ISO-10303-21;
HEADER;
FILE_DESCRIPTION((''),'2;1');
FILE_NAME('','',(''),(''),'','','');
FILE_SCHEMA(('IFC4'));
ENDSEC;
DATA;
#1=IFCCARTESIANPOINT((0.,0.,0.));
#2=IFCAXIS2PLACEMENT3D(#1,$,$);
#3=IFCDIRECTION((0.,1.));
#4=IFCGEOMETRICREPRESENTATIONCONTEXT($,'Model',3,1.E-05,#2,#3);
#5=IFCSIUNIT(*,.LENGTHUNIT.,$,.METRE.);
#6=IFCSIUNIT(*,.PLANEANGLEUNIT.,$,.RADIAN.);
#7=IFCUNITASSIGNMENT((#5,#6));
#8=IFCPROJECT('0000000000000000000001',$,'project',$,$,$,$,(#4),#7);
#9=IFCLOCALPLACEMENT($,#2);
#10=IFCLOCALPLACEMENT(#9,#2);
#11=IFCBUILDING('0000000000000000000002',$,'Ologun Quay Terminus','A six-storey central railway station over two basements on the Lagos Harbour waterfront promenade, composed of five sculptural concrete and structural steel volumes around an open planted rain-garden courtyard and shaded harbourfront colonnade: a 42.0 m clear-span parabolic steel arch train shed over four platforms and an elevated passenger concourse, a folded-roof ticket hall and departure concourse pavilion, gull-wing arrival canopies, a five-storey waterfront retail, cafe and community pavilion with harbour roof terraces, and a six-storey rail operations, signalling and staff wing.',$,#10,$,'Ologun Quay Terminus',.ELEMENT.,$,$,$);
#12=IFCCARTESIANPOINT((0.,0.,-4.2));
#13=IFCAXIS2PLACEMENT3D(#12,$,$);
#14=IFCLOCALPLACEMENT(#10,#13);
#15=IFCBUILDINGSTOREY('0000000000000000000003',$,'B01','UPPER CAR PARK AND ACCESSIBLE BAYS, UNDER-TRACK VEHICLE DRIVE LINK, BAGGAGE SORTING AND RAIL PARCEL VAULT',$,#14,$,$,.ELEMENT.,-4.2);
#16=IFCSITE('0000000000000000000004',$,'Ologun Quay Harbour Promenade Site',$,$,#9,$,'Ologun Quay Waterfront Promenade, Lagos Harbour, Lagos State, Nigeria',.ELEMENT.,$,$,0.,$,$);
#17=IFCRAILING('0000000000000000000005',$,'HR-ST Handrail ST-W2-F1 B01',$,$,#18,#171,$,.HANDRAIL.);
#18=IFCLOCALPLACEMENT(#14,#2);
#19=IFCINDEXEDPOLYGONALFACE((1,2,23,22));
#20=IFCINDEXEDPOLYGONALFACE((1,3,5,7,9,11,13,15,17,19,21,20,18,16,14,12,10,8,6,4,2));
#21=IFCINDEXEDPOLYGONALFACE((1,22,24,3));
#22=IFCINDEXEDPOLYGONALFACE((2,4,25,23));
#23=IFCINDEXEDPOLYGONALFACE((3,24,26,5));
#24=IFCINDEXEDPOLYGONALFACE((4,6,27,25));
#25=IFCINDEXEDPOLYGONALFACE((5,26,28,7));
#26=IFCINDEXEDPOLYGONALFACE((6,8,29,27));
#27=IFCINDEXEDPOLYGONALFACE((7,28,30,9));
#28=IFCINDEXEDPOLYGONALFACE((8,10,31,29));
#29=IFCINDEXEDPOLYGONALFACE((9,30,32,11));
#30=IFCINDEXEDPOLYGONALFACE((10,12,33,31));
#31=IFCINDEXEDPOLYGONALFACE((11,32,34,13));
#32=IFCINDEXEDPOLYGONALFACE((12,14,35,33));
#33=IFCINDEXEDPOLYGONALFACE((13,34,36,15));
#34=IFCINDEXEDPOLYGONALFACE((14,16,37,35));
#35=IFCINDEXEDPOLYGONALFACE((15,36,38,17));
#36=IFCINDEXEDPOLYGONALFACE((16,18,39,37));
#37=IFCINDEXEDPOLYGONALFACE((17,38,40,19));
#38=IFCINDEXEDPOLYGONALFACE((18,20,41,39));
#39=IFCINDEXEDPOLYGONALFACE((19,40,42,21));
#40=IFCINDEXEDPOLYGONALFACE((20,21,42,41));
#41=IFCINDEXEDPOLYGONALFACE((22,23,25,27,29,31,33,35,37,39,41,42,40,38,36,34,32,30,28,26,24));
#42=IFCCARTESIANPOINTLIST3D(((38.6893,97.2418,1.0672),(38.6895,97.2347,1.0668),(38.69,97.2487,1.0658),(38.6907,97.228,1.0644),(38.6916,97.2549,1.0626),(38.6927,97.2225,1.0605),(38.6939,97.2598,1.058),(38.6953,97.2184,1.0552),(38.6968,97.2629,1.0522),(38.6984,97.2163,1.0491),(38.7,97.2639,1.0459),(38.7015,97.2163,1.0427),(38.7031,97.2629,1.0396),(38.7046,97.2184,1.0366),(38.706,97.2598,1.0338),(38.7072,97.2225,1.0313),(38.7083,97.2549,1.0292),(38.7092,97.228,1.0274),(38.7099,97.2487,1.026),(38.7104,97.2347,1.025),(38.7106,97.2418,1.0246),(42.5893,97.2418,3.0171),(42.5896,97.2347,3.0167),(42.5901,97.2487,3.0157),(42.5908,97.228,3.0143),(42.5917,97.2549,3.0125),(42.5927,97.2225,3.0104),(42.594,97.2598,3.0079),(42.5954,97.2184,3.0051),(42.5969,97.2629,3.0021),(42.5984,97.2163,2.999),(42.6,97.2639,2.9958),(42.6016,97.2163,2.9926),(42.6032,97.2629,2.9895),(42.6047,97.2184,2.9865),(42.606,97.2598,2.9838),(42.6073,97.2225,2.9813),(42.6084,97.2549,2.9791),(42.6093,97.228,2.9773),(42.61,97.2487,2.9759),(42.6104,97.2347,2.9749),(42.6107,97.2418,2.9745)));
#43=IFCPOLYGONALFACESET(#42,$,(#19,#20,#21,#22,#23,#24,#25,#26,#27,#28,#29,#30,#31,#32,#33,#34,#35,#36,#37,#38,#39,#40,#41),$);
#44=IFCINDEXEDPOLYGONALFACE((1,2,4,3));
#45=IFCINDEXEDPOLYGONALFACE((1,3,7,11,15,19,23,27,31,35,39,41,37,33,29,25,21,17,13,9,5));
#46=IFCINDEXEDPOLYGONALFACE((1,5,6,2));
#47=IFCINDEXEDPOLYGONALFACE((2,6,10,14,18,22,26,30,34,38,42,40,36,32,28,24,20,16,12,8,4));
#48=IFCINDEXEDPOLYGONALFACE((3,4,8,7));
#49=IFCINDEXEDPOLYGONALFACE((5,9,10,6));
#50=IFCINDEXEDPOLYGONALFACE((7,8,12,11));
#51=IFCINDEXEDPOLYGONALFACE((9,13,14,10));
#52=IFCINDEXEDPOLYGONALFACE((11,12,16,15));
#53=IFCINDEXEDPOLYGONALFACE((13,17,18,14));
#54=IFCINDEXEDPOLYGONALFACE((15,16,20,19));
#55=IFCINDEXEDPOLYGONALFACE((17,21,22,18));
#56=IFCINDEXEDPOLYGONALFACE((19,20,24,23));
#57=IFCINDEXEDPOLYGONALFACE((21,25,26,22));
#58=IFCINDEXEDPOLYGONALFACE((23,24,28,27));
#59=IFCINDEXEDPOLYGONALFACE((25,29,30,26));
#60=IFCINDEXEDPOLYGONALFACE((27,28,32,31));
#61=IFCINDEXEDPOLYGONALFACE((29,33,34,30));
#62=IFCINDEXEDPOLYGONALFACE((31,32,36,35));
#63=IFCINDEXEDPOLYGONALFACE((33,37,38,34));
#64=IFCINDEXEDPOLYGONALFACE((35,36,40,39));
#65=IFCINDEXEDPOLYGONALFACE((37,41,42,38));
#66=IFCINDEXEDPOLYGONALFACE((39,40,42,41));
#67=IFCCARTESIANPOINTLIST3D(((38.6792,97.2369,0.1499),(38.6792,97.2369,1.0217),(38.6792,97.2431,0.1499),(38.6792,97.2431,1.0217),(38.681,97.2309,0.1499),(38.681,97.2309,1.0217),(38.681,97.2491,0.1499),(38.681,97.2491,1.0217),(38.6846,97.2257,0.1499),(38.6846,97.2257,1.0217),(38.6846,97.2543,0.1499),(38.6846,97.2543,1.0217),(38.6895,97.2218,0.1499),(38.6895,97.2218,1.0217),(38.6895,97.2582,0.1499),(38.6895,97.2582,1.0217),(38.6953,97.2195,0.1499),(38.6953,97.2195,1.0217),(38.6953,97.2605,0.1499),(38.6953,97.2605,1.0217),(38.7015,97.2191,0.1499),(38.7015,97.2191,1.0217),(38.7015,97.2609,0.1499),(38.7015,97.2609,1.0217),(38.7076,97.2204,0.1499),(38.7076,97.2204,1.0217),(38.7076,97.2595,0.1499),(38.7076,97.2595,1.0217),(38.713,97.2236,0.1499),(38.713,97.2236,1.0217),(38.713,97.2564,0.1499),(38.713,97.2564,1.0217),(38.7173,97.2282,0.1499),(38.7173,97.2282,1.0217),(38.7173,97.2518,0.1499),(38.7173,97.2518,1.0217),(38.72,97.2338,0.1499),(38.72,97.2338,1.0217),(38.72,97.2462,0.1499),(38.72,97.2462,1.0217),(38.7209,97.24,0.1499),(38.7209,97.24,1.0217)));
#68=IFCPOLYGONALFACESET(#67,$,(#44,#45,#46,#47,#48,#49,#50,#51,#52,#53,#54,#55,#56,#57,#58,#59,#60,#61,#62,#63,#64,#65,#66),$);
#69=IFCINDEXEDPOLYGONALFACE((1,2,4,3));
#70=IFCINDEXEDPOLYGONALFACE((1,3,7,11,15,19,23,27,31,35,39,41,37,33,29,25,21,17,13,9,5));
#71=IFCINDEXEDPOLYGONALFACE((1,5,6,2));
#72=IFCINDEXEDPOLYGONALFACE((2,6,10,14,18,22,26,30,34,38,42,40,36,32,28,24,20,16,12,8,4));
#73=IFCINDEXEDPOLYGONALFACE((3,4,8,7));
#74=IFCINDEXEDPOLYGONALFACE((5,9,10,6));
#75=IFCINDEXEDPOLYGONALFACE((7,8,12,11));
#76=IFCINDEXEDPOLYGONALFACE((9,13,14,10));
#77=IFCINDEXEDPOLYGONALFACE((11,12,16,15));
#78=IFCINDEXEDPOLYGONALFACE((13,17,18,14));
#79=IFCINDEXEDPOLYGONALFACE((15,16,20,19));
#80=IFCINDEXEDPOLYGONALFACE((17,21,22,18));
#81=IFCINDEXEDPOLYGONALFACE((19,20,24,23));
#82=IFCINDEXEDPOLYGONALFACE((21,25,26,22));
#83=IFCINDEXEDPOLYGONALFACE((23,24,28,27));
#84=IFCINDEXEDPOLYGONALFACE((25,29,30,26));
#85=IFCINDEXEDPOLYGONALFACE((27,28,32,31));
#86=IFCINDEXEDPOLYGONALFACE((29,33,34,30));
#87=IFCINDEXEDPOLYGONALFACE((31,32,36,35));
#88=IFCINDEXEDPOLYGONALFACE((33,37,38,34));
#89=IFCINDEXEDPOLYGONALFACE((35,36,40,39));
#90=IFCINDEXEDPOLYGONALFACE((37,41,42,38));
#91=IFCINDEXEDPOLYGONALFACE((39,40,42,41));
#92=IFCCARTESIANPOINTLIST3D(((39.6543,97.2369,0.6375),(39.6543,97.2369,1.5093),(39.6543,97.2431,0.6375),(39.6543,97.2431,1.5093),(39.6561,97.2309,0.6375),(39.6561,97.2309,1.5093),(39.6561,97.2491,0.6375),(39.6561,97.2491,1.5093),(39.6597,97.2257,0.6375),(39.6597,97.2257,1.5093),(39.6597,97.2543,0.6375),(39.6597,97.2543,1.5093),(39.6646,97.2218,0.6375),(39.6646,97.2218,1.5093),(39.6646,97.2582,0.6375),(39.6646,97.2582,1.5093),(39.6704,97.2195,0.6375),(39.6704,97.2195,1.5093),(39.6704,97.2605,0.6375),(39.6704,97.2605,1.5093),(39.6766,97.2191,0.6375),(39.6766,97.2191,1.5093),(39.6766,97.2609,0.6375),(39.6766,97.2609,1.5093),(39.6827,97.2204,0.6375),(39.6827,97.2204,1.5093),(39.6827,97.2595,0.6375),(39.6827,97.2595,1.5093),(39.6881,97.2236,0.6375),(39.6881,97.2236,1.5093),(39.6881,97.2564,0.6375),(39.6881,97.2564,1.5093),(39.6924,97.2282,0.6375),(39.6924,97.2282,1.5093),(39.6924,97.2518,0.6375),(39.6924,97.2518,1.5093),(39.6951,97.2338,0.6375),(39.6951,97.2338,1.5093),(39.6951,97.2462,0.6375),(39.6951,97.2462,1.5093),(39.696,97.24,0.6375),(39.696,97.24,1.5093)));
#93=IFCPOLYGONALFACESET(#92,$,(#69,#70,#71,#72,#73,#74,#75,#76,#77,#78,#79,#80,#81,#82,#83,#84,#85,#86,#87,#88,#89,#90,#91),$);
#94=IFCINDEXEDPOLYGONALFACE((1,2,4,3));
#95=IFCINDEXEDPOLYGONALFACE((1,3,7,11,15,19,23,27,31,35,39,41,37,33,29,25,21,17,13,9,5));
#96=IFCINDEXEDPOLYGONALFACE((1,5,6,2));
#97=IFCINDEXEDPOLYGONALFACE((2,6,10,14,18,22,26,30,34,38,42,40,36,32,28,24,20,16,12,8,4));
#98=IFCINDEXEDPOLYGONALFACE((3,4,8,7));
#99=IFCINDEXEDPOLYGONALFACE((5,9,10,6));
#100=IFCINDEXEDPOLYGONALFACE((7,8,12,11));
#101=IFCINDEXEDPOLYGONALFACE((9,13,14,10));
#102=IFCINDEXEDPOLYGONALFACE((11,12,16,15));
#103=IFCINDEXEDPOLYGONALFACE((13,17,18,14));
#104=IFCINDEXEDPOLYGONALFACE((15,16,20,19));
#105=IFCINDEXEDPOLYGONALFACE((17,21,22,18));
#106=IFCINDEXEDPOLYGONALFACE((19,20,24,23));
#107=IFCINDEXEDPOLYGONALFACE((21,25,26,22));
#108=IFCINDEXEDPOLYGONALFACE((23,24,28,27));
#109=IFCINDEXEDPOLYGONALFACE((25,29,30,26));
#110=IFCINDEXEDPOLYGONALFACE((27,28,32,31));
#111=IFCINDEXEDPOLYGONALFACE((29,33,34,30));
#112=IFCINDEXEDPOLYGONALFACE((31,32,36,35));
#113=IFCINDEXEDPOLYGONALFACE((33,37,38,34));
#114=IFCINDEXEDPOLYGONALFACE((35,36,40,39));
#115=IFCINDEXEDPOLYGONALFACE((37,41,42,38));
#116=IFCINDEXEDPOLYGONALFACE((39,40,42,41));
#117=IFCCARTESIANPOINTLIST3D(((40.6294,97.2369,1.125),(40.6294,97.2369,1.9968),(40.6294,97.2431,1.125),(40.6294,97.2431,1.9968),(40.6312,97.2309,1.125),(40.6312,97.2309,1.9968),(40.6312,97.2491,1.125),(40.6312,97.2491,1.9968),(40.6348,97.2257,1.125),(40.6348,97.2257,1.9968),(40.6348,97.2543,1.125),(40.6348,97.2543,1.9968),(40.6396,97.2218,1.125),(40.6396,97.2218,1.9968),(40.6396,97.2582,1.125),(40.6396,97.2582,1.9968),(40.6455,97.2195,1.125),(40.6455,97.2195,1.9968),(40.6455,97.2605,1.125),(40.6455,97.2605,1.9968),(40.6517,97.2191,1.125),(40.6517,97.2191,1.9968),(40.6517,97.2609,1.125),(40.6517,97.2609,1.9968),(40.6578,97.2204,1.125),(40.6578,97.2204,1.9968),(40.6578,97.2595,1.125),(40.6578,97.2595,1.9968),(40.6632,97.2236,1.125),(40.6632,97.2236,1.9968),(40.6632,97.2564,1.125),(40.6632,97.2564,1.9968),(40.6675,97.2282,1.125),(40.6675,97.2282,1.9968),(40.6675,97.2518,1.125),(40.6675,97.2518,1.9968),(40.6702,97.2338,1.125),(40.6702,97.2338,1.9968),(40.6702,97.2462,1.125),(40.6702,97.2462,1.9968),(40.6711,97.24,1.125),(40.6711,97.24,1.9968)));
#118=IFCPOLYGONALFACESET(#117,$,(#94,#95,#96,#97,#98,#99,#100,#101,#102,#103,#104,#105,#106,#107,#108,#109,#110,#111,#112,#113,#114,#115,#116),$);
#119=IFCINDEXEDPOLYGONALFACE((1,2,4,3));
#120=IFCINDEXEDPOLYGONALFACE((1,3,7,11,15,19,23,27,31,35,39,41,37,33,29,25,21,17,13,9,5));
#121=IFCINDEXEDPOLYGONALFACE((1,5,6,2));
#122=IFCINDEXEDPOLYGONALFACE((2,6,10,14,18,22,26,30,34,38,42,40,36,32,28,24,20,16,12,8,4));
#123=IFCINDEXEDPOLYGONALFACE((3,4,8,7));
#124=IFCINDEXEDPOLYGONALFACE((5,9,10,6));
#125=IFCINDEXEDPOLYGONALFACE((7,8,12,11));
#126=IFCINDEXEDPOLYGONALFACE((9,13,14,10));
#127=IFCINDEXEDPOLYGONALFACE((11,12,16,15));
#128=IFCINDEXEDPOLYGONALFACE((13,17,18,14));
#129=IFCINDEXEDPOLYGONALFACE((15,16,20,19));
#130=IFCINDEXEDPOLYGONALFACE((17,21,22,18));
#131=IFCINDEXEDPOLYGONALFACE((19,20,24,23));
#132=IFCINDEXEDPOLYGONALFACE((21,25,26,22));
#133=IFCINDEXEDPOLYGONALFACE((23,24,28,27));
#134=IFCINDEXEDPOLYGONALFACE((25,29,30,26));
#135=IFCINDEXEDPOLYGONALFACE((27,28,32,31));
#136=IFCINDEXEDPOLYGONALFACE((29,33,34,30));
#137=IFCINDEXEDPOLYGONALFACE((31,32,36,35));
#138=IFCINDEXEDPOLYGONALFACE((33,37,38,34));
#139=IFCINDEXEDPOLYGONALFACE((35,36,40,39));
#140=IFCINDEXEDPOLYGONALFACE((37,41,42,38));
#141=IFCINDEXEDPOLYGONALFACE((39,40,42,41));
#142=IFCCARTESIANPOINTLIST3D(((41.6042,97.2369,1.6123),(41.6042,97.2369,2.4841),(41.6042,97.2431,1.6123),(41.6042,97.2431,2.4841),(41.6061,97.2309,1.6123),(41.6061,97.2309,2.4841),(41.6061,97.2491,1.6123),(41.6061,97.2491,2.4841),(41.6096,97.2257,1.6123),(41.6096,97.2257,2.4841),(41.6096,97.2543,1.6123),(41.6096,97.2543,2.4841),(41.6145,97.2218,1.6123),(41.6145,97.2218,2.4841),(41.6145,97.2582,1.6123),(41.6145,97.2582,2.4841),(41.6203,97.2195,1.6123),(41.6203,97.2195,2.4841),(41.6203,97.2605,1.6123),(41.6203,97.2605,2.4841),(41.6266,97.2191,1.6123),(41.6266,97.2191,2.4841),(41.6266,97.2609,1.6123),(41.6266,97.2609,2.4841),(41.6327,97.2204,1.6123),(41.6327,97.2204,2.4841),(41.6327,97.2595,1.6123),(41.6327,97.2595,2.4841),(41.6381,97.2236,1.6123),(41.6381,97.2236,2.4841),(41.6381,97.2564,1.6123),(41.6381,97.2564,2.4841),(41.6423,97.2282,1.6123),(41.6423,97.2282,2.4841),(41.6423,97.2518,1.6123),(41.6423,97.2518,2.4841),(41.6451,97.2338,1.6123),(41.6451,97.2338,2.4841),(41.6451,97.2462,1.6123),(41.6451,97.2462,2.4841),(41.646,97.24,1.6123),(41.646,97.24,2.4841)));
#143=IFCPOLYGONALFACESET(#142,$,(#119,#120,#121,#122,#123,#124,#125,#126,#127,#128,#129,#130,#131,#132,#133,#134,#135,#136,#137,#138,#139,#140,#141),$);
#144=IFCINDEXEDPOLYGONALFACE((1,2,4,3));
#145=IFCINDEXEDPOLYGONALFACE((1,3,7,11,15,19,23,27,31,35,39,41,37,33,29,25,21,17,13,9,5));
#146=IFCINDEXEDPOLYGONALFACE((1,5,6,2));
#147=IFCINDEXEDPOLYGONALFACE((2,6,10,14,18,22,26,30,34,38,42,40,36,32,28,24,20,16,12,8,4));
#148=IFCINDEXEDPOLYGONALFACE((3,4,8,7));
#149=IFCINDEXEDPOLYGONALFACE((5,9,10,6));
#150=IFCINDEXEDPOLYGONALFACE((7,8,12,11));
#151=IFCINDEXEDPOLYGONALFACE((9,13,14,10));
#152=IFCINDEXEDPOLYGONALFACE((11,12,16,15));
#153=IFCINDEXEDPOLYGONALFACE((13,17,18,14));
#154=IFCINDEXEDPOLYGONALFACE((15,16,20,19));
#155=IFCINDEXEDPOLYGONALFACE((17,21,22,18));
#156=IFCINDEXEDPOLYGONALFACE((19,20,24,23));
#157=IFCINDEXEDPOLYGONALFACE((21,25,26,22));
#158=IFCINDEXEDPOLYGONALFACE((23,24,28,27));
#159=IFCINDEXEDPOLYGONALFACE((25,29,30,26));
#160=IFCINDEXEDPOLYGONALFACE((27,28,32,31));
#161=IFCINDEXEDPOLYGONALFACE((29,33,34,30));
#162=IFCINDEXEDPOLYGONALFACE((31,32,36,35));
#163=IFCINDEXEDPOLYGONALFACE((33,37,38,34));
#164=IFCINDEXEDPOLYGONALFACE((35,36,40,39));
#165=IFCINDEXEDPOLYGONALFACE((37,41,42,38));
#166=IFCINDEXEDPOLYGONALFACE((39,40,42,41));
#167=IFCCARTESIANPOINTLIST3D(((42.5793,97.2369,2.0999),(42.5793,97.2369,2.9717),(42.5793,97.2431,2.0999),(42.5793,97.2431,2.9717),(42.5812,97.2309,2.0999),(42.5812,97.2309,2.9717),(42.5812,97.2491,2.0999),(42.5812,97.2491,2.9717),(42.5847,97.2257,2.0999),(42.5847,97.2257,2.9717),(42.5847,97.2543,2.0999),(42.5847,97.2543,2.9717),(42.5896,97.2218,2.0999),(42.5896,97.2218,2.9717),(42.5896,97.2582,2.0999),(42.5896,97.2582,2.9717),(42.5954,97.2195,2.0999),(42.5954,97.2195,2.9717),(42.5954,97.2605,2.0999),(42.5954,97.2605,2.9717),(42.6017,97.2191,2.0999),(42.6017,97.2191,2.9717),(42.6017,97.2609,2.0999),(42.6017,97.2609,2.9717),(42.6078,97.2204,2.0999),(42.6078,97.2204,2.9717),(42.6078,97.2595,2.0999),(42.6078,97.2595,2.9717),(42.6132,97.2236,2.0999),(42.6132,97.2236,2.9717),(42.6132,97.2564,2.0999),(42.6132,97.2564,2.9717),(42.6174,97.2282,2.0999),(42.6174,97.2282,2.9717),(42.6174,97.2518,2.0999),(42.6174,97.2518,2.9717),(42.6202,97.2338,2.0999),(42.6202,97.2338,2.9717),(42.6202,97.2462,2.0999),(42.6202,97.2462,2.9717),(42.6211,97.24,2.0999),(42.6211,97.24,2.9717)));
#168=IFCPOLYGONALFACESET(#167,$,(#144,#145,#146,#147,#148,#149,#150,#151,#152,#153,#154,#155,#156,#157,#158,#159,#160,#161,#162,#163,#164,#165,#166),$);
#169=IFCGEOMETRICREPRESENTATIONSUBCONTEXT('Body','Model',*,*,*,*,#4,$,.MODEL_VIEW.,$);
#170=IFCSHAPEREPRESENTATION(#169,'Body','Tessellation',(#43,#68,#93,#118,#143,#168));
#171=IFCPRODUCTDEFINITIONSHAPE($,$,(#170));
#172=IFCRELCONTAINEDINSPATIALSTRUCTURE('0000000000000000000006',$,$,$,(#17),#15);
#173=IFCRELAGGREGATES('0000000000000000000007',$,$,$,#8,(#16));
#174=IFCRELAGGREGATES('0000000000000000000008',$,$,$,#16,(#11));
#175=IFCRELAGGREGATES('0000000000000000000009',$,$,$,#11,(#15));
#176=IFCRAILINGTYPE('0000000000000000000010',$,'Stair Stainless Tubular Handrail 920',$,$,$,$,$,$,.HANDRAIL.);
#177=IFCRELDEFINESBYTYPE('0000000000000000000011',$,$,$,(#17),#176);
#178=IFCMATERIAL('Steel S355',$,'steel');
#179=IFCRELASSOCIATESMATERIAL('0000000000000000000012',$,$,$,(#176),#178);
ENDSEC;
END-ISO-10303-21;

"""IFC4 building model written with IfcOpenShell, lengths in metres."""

from ifc_helpers import new_model, si_unit, direction, frame, origin, origin_2d, place, context, subcontext, project, spatial, circle, extrude, material, type_object, element, save


model = new_model("IFC4")

# Units and contexts
model_context = context("Model", 3, precision=1e-05, world=origin(), true_north=direction((0.0, 1.0)))
body_context = subcontext(model_context, "Body", "Model", "MODEL_VIEW")
ifc_project = project(units=[si_unit("LENGTHUNIT", "METRE"), si_unit("PLANEANGLEUNIT", "RADIAN")], contexts=[model_context])

# Site, building, storey
site_placement = place(None, origin())
site = spatial("IfcSite", under=ifc_project, at=site_placement, Name="Ologun Quay Harbour Promenade Site", LongName="Ologun Quay Waterfront Promenade, Lagos Harbour, Lagos State, Nigeria", CompositionType="ELEMENT", RefElevation=0.0)
building_placement = place(site_placement, origin())
building = spatial("IfcBuilding", under=site, at=building_placement, Name="Ologun Quay Terminus", Description="A six-storey central railway station over two basements on the Lagos Harbour waterfront promenade, composed of five sculptural concrete and structural steel volumes around an open planted rain-garden courtyard and shaded harbourfront colonnade: a 42.0 m clear-span parabolic steel arch train shed over four platforms and an elevated passenger concourse, a folded-roof ticket hall and departure concourse pavilion, gull-wing arrival canopies, a five-storey waterfront retail, cafe and community pavilion with harbour roof terraces, and a six-storey rail operations, signalling and staff wing.", LongName="Ologun Quay Terminus", CompositionType="ELEMENT")
storey_placement = place(building_placement, frame((0.0, 0.0, -4.2)))
storey = spatial("IfcBuildingStorey", under=building, at=storey_placement, Name="B01", Description="UPPER CAR PARK AND ACCESSIBLE BAYS, UNDER-TRACK VEHICLE DRIVE LINK, BAGGAGE SORTING AND RAIL PARCEL VAULT", CompositionType="ELEMENT", Elevation=-4.2)

# Railing
ifc_material_1 = material(Name="Steel S355", Category="steel")
railing_type_1 = type_object("IfcRailingType", Name="Stair Stainless Tubular Handrail 920", PredefinedType="HANDRAIL", material=ifc_material_1)
railing_1_placement = place(storey_placement, frame((38.7, 97.24, 0.1499)))
element("IfcRailing", 1, at=railing_1_placement, inside=storey, type_object=railing_type_1, Name="HR-ST Handrail ST-W2-F1 B01", PredefinedType="HANDRAIL", context=body_context, shape_type="SweptSolid", body=[
    extrude(circle(Radius=0.0239, at=origin_2d()), frame((0.0, 0.0, 0.896), z_axis=(0.894438, 0.0, 0.447191), x_axis=(0.0, 1.0, 0.0)), (0.0, 0.0, 1.0), 4.3604),
    extrude(circle(Radius=0.021, at=origin_2d()), origin(), (0.0, 0.0, 1.0), 0.8718),
    extrude(circle(Radius=0.021, at=origin_2d()), frame((0.9751, 0.0, 0.4875)), (0.0, 0.0, 1.0), 0.8718),
    extrude(circle(Radius=0.021, at=origin_2d()), frame((1.9502, 0.0, 0.9751)), (0.0, 0.0, 1.0), 0.8718),
    extrude(circle(Radius=0.021, at=origin_2d()), frame((2.925, 0.0, 1.4624)), (0.0, 0.0, 1.0), 0.8718),
    extrude(circle(Radius=0.021, at=origin_2d()), frame((3.9001, 0.0, 1.95)), (0.0, 0.0, 1.0), 0.8718),
])

save(model, "model.ifc")
